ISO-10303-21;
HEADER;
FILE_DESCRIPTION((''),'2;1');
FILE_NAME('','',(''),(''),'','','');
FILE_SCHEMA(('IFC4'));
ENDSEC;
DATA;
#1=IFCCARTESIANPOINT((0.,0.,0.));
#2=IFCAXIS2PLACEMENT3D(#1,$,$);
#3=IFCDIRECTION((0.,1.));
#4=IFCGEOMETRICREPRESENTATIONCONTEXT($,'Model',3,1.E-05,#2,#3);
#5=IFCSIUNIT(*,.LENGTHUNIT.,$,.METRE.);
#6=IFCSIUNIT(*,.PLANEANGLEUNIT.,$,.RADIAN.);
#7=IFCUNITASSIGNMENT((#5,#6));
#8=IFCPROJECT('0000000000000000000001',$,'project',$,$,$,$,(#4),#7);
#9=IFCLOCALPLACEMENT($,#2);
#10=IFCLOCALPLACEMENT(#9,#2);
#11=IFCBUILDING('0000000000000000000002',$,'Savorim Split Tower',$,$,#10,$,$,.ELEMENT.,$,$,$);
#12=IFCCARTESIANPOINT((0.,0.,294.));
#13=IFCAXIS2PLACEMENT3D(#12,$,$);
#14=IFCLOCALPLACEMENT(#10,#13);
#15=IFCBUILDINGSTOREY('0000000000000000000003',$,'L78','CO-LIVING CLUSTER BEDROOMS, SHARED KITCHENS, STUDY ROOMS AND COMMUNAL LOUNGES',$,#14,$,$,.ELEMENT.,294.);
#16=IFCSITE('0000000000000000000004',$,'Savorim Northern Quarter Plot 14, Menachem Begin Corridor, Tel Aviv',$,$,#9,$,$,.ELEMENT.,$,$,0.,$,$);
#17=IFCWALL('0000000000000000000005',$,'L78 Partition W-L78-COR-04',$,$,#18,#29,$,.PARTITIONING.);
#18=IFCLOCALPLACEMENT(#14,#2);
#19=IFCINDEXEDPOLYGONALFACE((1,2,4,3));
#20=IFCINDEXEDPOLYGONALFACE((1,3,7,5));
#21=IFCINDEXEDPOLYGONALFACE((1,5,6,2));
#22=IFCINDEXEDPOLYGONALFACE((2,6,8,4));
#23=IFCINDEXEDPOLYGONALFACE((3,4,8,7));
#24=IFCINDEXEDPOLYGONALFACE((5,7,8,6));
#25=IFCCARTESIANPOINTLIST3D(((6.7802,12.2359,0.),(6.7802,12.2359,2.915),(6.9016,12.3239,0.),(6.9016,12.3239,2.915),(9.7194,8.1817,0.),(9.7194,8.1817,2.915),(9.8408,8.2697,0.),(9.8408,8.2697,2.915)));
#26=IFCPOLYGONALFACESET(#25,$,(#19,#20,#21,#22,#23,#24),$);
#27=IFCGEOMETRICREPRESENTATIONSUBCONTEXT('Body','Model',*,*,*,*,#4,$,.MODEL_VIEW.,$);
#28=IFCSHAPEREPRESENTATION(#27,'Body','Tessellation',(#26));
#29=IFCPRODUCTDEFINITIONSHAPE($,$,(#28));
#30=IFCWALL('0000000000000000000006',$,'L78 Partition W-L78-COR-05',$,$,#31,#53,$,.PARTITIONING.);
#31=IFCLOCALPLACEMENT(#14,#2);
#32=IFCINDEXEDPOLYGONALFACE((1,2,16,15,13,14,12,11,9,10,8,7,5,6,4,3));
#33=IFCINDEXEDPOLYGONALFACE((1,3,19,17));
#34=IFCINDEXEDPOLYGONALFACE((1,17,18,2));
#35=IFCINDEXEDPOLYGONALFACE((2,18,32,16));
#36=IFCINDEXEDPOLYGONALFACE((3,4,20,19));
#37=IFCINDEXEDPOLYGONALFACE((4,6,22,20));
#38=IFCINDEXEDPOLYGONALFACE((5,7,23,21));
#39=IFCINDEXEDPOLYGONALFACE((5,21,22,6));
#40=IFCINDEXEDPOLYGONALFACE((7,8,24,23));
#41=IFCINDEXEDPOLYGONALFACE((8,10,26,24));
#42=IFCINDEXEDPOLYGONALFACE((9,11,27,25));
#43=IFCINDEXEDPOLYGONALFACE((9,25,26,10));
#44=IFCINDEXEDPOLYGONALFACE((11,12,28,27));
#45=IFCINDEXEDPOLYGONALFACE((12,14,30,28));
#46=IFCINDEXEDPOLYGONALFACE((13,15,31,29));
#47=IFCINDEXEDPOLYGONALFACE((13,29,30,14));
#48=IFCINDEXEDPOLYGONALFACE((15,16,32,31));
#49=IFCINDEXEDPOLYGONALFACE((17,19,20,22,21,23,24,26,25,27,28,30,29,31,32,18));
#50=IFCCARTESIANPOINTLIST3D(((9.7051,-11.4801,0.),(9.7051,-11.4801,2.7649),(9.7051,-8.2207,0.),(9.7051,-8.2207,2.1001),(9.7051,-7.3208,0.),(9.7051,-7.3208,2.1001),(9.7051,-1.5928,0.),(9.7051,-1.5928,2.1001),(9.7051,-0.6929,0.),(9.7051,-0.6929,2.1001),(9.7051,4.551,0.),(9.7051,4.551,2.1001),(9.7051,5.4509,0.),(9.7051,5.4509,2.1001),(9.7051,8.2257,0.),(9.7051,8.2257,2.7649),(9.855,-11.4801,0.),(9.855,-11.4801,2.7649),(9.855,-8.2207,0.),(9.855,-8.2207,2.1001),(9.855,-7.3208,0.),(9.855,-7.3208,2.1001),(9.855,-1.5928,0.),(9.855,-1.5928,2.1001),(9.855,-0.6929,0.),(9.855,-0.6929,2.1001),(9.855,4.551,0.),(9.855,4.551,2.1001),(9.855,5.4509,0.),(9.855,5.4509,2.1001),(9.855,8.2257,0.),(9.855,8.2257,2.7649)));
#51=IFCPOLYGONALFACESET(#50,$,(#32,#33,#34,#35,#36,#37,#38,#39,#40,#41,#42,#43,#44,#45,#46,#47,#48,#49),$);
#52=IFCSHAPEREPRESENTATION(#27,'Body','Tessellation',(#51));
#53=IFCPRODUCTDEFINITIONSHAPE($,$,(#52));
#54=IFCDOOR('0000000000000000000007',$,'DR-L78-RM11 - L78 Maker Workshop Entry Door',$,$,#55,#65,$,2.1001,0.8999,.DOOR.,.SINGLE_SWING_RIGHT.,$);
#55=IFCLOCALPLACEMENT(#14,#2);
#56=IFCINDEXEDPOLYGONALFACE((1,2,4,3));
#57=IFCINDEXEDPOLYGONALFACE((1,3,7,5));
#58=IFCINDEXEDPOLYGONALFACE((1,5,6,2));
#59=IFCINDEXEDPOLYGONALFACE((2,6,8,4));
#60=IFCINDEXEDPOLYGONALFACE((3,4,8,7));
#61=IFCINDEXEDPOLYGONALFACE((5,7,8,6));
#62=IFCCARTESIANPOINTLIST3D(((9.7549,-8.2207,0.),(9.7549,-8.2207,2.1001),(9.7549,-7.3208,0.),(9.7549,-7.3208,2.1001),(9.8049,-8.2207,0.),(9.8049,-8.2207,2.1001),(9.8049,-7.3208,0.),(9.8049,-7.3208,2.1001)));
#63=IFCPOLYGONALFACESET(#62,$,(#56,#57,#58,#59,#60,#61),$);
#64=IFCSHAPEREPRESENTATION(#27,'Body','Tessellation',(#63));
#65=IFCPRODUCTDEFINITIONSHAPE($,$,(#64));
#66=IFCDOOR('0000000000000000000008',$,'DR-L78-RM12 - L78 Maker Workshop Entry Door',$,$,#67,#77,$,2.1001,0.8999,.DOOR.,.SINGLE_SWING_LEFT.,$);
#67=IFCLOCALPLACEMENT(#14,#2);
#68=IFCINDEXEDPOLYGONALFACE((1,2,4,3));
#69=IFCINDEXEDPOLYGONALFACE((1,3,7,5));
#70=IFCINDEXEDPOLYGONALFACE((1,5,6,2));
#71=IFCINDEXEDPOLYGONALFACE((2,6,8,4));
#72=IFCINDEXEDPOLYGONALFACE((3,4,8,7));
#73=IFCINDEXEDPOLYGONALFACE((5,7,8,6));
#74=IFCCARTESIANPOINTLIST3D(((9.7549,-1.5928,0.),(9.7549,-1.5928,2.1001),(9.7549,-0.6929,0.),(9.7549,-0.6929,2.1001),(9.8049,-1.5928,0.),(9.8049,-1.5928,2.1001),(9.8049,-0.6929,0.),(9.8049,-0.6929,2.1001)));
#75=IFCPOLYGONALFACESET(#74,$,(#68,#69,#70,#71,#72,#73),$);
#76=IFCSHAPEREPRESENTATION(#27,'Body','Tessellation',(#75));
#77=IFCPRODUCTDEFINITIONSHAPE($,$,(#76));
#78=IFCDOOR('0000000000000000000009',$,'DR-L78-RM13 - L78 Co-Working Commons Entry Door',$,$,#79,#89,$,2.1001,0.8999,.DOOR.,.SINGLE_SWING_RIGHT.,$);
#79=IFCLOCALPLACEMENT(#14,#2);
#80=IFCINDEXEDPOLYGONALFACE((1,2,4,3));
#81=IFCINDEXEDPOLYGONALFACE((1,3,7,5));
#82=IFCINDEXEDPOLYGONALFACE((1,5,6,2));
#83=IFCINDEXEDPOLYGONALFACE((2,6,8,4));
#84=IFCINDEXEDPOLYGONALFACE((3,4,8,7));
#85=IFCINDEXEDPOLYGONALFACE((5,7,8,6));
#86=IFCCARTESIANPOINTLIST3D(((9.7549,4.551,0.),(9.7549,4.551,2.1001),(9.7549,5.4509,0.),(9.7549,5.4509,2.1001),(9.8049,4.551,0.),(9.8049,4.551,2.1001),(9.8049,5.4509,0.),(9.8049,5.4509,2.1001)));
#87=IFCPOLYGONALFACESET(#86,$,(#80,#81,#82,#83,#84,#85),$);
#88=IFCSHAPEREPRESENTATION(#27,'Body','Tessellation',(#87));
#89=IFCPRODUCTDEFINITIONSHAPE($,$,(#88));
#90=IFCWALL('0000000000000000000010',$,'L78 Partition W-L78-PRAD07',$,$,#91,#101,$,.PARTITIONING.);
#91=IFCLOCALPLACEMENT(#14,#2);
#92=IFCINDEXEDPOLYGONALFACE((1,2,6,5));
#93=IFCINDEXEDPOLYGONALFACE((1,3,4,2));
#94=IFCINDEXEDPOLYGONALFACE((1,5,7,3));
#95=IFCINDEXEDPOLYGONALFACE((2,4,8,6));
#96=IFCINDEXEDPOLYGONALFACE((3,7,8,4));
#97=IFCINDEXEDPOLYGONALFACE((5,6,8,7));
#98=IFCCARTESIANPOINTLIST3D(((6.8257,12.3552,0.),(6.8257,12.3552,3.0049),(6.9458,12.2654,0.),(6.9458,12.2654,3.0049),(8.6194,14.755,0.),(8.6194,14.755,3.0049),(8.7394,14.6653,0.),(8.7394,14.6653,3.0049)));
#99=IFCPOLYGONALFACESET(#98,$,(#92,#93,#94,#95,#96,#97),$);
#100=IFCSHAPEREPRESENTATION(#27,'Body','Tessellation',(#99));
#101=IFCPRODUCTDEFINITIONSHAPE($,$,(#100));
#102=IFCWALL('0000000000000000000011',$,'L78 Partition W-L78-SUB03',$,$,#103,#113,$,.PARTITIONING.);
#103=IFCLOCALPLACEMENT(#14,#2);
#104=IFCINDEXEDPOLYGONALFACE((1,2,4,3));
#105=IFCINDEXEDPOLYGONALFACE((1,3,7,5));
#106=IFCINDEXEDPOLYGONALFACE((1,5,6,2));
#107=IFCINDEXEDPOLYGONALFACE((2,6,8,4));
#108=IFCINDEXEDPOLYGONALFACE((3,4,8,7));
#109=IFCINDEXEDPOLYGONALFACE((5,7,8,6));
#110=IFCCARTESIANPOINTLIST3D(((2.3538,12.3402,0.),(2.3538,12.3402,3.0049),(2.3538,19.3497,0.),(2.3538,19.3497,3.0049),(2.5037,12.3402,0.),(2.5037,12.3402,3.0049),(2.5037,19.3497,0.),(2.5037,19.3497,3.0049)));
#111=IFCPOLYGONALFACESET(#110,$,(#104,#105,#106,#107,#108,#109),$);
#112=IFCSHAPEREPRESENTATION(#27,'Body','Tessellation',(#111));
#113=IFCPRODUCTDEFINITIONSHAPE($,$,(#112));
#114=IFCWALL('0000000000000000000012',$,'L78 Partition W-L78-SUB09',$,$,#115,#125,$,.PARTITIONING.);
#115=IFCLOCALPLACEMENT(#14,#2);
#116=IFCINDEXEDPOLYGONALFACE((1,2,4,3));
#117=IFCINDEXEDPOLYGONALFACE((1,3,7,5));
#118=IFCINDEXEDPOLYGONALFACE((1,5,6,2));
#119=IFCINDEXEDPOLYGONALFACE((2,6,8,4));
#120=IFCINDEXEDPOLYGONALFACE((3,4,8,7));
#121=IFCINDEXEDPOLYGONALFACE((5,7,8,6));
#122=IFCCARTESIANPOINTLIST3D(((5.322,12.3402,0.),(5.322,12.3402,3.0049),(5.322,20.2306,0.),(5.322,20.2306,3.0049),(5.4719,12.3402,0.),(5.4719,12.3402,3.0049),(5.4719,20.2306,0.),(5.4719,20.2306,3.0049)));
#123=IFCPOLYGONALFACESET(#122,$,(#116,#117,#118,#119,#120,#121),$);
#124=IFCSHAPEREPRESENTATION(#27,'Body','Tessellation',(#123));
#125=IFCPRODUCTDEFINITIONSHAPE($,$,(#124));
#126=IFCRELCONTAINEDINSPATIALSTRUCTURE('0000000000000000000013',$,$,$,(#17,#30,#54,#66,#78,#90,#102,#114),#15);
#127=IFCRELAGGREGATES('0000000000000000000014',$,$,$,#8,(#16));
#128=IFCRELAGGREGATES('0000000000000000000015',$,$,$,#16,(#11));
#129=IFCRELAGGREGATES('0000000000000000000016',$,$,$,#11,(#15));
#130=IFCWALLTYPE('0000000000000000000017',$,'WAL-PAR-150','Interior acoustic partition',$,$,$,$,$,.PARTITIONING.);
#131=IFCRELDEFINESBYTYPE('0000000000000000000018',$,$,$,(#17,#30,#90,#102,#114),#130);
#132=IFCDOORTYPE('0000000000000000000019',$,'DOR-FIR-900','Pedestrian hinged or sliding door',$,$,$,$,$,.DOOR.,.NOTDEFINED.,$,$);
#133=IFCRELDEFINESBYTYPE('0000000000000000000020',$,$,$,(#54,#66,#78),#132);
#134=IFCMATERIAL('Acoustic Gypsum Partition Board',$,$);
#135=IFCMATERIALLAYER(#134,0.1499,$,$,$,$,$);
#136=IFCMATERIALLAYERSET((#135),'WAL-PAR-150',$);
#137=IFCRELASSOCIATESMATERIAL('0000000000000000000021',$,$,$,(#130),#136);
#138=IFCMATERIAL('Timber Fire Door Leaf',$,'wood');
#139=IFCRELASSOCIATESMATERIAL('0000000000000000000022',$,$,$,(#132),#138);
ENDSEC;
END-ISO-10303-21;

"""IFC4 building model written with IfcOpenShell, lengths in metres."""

from ifc_helpers import new_model, si_unit, direction, frame, frame_2d, origin, place, context, subcontext, project, spatial, rectangle, extrude, material, layer, layer_set, type_object, element, fill, save


model = new_model("IFC4")

# Units and contexts
model_context = context("Model", 3, precision=1e-05, world=origin(), true_north=direction((0.0, 1.0)))
body_context = subcontext(model_context, "Body", "Model", "MODEL_VIEW")
ifc_project = project(units=[si_unit("LENGTHUNIT", "METRE"), si_unit("PLANEANGLEUNIT", "RADIAN")], contexts=[model_context])

# Site, building, storey
site_placement = place(None, origin())
site = spatial("IfcSite", under=ifc_project, at=site_placement, Name="Savorim Northern Quarter Plot 14, Menachem Begin Corridor, Tel Aviv", CompositionType="ELEMENT", RefElevation=0.0)
building_placement = place(site_placement, origin())
building = spatial("IfcBuilding", under=site, at=building_placement, Name="Savorim Split Tower", CompositionType="ELEMENT")
storey_placement = place(building_placement, frame((0.0, 0.0, 294.0)))
storey = spatial("IfcBuildingStorey", under=building, at=storey_placement, Name="L78", Description="CO-LIVING CLUSTER BEDROOMS, SHARED KITCHENS, STUDY ROOMS AND COMMUNAL LOUNGES", CompositionType="ELEMENT", Elevation=294.0)

# Shared definitions
ifc_material_1 = material(Name="Timber Fire Door Leaf", Category="wood")

# Wall
ifc_material_2 = material(Name="Acoustic Gypsum Partition Board")
ifc_layer_1 = layer(ifc_material_2, 0.1499)
ifc_layer_set_1 = layer_set([ifc_layer_1], Name="WAL-PAR-150")
wall_type_1 = type_object("IfcWallType", Name="WAL-PAR-150", Description="Interior acoustic partition", PredefinedType="PARTITIONING", material=ifc_layer_set_1)
wall_1_placement = place(storey_placement, frame((6.8408, 12.28, 0.0), z_axis=(0.0, 0.0, 1.0), x_axis=(0.586956, -0.809619, 0.0)))
element("IfcWall", 1, at=wall_1_placement, inside=storey, type_object=wall_type_1, Name="L78 Partition W-L78-COR-04", PredefinedType="PARTITIONING", context=body_context, shape_type="SweptSolid", body=[
    extrude(rectangle(XDim=5.0076, YDim=0.1499, at=frame_2d((2.5039, 0.0))), origin(), (0.0, 0.0, 1.0), 2.915),
])

# Wall, openings, doors
wall_2_placement = place(storey_placement, frame((9.78, 8.2258, 0.0), z_axis=(0.0, 0.0, 1.0), x_axis=(0.0, -1.0, 0.0)))
wall_2 = element("IfcWall", 2, at=wall_2_placement, inside=storey, type_object=wall_type_1, Name="L78 Partition W-L78-COR-05", PredefinedType="PARTITIONING", context=body_context, shape_type="SweptSolid", body=[
    extrude(rectangle(XDim=19.7058, YDim=0.1499, at=frame_2d((9.853, 0.0))), origin(), (0.0, 0.0, 1.0), 2.7649),
])
opening_1_placement = place(wall_2_placement, frame((15.5466, 0.0, 0.0)))
opening_1 = element("IfcOpeningElement", 3, at=opening_1_placement, cuts=wall_2, PredefinedType="OPENING", context=body_context, shape_type="SweptSolid", body=[
    extrude(rectangle(XDim=0.8999, YDim=2.1001, at=frame_2d((0.45, 1.05))), frame((0.0, 0.085, 0.0), z_axis=(0.0, -1.0, 0.0), x_axis=(1.0, 0.0, 0.0)), (0.0, 0.0, 1.0), 0.1699),
])
opening_2_placement = place(wall_2_placement, frame((8.9187, 0.0, 0.0)))
opening_2 = element("IfcOpeningElement", 4, at=opening_2_placement, cuts=wall_2, PredefinedType="OPENING", context=body_context, shape_type="SweptSolid", body=[
    extrude(rectangle(XDim=0.8999, YDim=2.1001, at=frame_2d((0.45, 1.05))), frame((0.0, 0.085, 0.0), z_axis=(0.0, -1.0, 0.0), x_axis=(1.0, 0.0, 0.0)), (0.0, 0.0, 1.0), 0.1699),
])
opening_3_placement = place(wall_2_placement, frame((2.7749, 0.0, 0.0)))
opening_3 = element("IfcOpeningElement", 5, at=opening_3_placement, cuts=wall_2, PredefinedType="OPENING", context=body_context, shape_type="SweptSolid", body=[
    extrude(rectangle(XDim=0.8999, YDim=2.1001, at=frame_2d((0.45, 1.05))), frame((0.0, 0.085, 0.0), z_axis=(0.0, -1.0, 0.0), x_axis=(1.0, 0.0, 0.0)), (0.0, 0.0, 1.0), 0.1699),
])
door_type_1 = type_object("IfcDoorType", Name="DOR-FIR-900", Description="Pedestrian hinged or sliding door", OperationType="NOTDEFINED", PredefinedType="DOOR", material=ifc_material_1)
door_1_placement = place(opening_1_placement, origin())
door_1 = element("IfcDoor", 6, at=door_1_placement, inside=storey, type_object=door_type_1, Name="DR-L78-RM11 - L78 Maker Workshop Entry Door", OperationType="SINGLE_SWING_RIGHT", OverallHeight=2.1001, OverallWidth=0.8999, PredefinedType="DOOR", context=body_context, shape_type="SweptSolid", body=[
    extrude(rectangle(XDim=0.8999, YDim=2.1001, at=frame_2d((0.45, 1.05))), frame((0.0, 0.0249, 0.0), z_axis=(0.0, -1.0, 0.0), x_axis=(1.0, 0.0, 0.0)), (0.0, 0.0, 1.0), 0.05),
])
fill(opening_1, door_1)
door_2_placement = place(opening_2_placement, origin())
door_2 = element("IfcDoor", 7, at=door_2_placement, inside=storey, type_object=door_type_1, Name="DR-L78-RM12 - L78 Maker Workshop Entry Door", OperationType="SINGLE_SWING_LEFT", OverallHeight=2.1001, OverallWidth=0.8999, PredefinedType="DOOR", context=body_context, shape_type="SweptSolid", body=[
    extrude(rectangle(XDim=0.8999, YDim=2.1001, at=frame_2d((0.45, 1.05))), frame((0.0, 0.0249, 0.0), z_axis=(0.0, -1.0, 0.0), x_axis=(1.0, 0.0, 0.0)), (0.0, 0.0, 1.0), 0.05),
])
fill(opening_2, door_2)
door_3_placement = place(opening_3_placement, origin())
door_3 = element("IfcDoor", 8, at=door_3_placement, inside=storey, type_object=door_type_1, Name="DR-L78-RM13 - L78 Co-Working Commons Entry Door", OperationType="SINGLE_SWING_RIGHT", OverallHeight=2.1001, OverallWidth=0.8999, PredefinedType="DOOR", context=body_context, shape_type="SweptSolid", body=[
    extrude(rectangle(XDim=0.8999, YDim=2.1001, at=frame_2d((0.45, 1.05))), frame((0.0, 0.0249, 0.0), z_axis=(0.0, -1.0, 0.0), x_axis=(1.0, 0.0, 0.0)), (0.0, 0.0, 1.0), 0.05),
])
fill(opening_3, door_3)

# Walls
wall_3_placement = place(storey_placement, frame((6.8857, 12.3103, 0.0), z_axis=(0.0, 0.0, 1.0), x_axis=(0.598669, 0.800996, 0.0)))
element("IfcWall", 9, at=wall_3_placement, inside=storey, type_object=wall_type_1, Name="L78 Partition W-L78-PRAD07", PredefinedType="PARTITIONING", context=body_context, shape_type="SweptSolid", body=[
    extrude(rectangle(XDim=2.9961, YDim=0.1499, at=frame_2d((1.498, 0.0))), origin(), (0.0, 0.0, 1.0), 3.0049),
])
wall_4_placement = place(storey_placement, frame((2.4287, 12.3401, 0.0), z_axis=(0.0, 0.0, 1.0), x_axis=(0.0, 1.0, 0.0)))
element("IfcWall", 10, at=wall_4_placement, inside=storey, type_object=wall_type_1, Name="L78 Partition W-L78-SUB03", PredefinedType="PARTITIONING", context=body_context, shape_type="SweptSolid", body=[
    extrude(rectangle(XDim=7.0095, YDim=0.1499, at=frame_2d((3.5049, 0.0))), origin(), (0.0, 0.0, 1.0), 3.0049),
])
wall_5_placement = place(storey_placement, frame((5.397, 12.3401, 0.0), z_axis=(0.0, 0.0, 1.0), x_axis=(0.0, 1.0, 0.0)))
element("IfcWall", 11, at=wall_5_placement, inside=storey, type_object=wall_type_1, Name="L78 Partition W-L78-SUB09", PredefinedType="PARTITIONING", context=body_context, shape_type="SweptSolid", body=[
    extrude(rectangle(XDim=7.8904, YDim=0.1499, at=frame_2d((3.9453, 0.0))), origin(), (0.0, 0.0, 1.0), 3.0049),
])

save(model, "model.ifc")
